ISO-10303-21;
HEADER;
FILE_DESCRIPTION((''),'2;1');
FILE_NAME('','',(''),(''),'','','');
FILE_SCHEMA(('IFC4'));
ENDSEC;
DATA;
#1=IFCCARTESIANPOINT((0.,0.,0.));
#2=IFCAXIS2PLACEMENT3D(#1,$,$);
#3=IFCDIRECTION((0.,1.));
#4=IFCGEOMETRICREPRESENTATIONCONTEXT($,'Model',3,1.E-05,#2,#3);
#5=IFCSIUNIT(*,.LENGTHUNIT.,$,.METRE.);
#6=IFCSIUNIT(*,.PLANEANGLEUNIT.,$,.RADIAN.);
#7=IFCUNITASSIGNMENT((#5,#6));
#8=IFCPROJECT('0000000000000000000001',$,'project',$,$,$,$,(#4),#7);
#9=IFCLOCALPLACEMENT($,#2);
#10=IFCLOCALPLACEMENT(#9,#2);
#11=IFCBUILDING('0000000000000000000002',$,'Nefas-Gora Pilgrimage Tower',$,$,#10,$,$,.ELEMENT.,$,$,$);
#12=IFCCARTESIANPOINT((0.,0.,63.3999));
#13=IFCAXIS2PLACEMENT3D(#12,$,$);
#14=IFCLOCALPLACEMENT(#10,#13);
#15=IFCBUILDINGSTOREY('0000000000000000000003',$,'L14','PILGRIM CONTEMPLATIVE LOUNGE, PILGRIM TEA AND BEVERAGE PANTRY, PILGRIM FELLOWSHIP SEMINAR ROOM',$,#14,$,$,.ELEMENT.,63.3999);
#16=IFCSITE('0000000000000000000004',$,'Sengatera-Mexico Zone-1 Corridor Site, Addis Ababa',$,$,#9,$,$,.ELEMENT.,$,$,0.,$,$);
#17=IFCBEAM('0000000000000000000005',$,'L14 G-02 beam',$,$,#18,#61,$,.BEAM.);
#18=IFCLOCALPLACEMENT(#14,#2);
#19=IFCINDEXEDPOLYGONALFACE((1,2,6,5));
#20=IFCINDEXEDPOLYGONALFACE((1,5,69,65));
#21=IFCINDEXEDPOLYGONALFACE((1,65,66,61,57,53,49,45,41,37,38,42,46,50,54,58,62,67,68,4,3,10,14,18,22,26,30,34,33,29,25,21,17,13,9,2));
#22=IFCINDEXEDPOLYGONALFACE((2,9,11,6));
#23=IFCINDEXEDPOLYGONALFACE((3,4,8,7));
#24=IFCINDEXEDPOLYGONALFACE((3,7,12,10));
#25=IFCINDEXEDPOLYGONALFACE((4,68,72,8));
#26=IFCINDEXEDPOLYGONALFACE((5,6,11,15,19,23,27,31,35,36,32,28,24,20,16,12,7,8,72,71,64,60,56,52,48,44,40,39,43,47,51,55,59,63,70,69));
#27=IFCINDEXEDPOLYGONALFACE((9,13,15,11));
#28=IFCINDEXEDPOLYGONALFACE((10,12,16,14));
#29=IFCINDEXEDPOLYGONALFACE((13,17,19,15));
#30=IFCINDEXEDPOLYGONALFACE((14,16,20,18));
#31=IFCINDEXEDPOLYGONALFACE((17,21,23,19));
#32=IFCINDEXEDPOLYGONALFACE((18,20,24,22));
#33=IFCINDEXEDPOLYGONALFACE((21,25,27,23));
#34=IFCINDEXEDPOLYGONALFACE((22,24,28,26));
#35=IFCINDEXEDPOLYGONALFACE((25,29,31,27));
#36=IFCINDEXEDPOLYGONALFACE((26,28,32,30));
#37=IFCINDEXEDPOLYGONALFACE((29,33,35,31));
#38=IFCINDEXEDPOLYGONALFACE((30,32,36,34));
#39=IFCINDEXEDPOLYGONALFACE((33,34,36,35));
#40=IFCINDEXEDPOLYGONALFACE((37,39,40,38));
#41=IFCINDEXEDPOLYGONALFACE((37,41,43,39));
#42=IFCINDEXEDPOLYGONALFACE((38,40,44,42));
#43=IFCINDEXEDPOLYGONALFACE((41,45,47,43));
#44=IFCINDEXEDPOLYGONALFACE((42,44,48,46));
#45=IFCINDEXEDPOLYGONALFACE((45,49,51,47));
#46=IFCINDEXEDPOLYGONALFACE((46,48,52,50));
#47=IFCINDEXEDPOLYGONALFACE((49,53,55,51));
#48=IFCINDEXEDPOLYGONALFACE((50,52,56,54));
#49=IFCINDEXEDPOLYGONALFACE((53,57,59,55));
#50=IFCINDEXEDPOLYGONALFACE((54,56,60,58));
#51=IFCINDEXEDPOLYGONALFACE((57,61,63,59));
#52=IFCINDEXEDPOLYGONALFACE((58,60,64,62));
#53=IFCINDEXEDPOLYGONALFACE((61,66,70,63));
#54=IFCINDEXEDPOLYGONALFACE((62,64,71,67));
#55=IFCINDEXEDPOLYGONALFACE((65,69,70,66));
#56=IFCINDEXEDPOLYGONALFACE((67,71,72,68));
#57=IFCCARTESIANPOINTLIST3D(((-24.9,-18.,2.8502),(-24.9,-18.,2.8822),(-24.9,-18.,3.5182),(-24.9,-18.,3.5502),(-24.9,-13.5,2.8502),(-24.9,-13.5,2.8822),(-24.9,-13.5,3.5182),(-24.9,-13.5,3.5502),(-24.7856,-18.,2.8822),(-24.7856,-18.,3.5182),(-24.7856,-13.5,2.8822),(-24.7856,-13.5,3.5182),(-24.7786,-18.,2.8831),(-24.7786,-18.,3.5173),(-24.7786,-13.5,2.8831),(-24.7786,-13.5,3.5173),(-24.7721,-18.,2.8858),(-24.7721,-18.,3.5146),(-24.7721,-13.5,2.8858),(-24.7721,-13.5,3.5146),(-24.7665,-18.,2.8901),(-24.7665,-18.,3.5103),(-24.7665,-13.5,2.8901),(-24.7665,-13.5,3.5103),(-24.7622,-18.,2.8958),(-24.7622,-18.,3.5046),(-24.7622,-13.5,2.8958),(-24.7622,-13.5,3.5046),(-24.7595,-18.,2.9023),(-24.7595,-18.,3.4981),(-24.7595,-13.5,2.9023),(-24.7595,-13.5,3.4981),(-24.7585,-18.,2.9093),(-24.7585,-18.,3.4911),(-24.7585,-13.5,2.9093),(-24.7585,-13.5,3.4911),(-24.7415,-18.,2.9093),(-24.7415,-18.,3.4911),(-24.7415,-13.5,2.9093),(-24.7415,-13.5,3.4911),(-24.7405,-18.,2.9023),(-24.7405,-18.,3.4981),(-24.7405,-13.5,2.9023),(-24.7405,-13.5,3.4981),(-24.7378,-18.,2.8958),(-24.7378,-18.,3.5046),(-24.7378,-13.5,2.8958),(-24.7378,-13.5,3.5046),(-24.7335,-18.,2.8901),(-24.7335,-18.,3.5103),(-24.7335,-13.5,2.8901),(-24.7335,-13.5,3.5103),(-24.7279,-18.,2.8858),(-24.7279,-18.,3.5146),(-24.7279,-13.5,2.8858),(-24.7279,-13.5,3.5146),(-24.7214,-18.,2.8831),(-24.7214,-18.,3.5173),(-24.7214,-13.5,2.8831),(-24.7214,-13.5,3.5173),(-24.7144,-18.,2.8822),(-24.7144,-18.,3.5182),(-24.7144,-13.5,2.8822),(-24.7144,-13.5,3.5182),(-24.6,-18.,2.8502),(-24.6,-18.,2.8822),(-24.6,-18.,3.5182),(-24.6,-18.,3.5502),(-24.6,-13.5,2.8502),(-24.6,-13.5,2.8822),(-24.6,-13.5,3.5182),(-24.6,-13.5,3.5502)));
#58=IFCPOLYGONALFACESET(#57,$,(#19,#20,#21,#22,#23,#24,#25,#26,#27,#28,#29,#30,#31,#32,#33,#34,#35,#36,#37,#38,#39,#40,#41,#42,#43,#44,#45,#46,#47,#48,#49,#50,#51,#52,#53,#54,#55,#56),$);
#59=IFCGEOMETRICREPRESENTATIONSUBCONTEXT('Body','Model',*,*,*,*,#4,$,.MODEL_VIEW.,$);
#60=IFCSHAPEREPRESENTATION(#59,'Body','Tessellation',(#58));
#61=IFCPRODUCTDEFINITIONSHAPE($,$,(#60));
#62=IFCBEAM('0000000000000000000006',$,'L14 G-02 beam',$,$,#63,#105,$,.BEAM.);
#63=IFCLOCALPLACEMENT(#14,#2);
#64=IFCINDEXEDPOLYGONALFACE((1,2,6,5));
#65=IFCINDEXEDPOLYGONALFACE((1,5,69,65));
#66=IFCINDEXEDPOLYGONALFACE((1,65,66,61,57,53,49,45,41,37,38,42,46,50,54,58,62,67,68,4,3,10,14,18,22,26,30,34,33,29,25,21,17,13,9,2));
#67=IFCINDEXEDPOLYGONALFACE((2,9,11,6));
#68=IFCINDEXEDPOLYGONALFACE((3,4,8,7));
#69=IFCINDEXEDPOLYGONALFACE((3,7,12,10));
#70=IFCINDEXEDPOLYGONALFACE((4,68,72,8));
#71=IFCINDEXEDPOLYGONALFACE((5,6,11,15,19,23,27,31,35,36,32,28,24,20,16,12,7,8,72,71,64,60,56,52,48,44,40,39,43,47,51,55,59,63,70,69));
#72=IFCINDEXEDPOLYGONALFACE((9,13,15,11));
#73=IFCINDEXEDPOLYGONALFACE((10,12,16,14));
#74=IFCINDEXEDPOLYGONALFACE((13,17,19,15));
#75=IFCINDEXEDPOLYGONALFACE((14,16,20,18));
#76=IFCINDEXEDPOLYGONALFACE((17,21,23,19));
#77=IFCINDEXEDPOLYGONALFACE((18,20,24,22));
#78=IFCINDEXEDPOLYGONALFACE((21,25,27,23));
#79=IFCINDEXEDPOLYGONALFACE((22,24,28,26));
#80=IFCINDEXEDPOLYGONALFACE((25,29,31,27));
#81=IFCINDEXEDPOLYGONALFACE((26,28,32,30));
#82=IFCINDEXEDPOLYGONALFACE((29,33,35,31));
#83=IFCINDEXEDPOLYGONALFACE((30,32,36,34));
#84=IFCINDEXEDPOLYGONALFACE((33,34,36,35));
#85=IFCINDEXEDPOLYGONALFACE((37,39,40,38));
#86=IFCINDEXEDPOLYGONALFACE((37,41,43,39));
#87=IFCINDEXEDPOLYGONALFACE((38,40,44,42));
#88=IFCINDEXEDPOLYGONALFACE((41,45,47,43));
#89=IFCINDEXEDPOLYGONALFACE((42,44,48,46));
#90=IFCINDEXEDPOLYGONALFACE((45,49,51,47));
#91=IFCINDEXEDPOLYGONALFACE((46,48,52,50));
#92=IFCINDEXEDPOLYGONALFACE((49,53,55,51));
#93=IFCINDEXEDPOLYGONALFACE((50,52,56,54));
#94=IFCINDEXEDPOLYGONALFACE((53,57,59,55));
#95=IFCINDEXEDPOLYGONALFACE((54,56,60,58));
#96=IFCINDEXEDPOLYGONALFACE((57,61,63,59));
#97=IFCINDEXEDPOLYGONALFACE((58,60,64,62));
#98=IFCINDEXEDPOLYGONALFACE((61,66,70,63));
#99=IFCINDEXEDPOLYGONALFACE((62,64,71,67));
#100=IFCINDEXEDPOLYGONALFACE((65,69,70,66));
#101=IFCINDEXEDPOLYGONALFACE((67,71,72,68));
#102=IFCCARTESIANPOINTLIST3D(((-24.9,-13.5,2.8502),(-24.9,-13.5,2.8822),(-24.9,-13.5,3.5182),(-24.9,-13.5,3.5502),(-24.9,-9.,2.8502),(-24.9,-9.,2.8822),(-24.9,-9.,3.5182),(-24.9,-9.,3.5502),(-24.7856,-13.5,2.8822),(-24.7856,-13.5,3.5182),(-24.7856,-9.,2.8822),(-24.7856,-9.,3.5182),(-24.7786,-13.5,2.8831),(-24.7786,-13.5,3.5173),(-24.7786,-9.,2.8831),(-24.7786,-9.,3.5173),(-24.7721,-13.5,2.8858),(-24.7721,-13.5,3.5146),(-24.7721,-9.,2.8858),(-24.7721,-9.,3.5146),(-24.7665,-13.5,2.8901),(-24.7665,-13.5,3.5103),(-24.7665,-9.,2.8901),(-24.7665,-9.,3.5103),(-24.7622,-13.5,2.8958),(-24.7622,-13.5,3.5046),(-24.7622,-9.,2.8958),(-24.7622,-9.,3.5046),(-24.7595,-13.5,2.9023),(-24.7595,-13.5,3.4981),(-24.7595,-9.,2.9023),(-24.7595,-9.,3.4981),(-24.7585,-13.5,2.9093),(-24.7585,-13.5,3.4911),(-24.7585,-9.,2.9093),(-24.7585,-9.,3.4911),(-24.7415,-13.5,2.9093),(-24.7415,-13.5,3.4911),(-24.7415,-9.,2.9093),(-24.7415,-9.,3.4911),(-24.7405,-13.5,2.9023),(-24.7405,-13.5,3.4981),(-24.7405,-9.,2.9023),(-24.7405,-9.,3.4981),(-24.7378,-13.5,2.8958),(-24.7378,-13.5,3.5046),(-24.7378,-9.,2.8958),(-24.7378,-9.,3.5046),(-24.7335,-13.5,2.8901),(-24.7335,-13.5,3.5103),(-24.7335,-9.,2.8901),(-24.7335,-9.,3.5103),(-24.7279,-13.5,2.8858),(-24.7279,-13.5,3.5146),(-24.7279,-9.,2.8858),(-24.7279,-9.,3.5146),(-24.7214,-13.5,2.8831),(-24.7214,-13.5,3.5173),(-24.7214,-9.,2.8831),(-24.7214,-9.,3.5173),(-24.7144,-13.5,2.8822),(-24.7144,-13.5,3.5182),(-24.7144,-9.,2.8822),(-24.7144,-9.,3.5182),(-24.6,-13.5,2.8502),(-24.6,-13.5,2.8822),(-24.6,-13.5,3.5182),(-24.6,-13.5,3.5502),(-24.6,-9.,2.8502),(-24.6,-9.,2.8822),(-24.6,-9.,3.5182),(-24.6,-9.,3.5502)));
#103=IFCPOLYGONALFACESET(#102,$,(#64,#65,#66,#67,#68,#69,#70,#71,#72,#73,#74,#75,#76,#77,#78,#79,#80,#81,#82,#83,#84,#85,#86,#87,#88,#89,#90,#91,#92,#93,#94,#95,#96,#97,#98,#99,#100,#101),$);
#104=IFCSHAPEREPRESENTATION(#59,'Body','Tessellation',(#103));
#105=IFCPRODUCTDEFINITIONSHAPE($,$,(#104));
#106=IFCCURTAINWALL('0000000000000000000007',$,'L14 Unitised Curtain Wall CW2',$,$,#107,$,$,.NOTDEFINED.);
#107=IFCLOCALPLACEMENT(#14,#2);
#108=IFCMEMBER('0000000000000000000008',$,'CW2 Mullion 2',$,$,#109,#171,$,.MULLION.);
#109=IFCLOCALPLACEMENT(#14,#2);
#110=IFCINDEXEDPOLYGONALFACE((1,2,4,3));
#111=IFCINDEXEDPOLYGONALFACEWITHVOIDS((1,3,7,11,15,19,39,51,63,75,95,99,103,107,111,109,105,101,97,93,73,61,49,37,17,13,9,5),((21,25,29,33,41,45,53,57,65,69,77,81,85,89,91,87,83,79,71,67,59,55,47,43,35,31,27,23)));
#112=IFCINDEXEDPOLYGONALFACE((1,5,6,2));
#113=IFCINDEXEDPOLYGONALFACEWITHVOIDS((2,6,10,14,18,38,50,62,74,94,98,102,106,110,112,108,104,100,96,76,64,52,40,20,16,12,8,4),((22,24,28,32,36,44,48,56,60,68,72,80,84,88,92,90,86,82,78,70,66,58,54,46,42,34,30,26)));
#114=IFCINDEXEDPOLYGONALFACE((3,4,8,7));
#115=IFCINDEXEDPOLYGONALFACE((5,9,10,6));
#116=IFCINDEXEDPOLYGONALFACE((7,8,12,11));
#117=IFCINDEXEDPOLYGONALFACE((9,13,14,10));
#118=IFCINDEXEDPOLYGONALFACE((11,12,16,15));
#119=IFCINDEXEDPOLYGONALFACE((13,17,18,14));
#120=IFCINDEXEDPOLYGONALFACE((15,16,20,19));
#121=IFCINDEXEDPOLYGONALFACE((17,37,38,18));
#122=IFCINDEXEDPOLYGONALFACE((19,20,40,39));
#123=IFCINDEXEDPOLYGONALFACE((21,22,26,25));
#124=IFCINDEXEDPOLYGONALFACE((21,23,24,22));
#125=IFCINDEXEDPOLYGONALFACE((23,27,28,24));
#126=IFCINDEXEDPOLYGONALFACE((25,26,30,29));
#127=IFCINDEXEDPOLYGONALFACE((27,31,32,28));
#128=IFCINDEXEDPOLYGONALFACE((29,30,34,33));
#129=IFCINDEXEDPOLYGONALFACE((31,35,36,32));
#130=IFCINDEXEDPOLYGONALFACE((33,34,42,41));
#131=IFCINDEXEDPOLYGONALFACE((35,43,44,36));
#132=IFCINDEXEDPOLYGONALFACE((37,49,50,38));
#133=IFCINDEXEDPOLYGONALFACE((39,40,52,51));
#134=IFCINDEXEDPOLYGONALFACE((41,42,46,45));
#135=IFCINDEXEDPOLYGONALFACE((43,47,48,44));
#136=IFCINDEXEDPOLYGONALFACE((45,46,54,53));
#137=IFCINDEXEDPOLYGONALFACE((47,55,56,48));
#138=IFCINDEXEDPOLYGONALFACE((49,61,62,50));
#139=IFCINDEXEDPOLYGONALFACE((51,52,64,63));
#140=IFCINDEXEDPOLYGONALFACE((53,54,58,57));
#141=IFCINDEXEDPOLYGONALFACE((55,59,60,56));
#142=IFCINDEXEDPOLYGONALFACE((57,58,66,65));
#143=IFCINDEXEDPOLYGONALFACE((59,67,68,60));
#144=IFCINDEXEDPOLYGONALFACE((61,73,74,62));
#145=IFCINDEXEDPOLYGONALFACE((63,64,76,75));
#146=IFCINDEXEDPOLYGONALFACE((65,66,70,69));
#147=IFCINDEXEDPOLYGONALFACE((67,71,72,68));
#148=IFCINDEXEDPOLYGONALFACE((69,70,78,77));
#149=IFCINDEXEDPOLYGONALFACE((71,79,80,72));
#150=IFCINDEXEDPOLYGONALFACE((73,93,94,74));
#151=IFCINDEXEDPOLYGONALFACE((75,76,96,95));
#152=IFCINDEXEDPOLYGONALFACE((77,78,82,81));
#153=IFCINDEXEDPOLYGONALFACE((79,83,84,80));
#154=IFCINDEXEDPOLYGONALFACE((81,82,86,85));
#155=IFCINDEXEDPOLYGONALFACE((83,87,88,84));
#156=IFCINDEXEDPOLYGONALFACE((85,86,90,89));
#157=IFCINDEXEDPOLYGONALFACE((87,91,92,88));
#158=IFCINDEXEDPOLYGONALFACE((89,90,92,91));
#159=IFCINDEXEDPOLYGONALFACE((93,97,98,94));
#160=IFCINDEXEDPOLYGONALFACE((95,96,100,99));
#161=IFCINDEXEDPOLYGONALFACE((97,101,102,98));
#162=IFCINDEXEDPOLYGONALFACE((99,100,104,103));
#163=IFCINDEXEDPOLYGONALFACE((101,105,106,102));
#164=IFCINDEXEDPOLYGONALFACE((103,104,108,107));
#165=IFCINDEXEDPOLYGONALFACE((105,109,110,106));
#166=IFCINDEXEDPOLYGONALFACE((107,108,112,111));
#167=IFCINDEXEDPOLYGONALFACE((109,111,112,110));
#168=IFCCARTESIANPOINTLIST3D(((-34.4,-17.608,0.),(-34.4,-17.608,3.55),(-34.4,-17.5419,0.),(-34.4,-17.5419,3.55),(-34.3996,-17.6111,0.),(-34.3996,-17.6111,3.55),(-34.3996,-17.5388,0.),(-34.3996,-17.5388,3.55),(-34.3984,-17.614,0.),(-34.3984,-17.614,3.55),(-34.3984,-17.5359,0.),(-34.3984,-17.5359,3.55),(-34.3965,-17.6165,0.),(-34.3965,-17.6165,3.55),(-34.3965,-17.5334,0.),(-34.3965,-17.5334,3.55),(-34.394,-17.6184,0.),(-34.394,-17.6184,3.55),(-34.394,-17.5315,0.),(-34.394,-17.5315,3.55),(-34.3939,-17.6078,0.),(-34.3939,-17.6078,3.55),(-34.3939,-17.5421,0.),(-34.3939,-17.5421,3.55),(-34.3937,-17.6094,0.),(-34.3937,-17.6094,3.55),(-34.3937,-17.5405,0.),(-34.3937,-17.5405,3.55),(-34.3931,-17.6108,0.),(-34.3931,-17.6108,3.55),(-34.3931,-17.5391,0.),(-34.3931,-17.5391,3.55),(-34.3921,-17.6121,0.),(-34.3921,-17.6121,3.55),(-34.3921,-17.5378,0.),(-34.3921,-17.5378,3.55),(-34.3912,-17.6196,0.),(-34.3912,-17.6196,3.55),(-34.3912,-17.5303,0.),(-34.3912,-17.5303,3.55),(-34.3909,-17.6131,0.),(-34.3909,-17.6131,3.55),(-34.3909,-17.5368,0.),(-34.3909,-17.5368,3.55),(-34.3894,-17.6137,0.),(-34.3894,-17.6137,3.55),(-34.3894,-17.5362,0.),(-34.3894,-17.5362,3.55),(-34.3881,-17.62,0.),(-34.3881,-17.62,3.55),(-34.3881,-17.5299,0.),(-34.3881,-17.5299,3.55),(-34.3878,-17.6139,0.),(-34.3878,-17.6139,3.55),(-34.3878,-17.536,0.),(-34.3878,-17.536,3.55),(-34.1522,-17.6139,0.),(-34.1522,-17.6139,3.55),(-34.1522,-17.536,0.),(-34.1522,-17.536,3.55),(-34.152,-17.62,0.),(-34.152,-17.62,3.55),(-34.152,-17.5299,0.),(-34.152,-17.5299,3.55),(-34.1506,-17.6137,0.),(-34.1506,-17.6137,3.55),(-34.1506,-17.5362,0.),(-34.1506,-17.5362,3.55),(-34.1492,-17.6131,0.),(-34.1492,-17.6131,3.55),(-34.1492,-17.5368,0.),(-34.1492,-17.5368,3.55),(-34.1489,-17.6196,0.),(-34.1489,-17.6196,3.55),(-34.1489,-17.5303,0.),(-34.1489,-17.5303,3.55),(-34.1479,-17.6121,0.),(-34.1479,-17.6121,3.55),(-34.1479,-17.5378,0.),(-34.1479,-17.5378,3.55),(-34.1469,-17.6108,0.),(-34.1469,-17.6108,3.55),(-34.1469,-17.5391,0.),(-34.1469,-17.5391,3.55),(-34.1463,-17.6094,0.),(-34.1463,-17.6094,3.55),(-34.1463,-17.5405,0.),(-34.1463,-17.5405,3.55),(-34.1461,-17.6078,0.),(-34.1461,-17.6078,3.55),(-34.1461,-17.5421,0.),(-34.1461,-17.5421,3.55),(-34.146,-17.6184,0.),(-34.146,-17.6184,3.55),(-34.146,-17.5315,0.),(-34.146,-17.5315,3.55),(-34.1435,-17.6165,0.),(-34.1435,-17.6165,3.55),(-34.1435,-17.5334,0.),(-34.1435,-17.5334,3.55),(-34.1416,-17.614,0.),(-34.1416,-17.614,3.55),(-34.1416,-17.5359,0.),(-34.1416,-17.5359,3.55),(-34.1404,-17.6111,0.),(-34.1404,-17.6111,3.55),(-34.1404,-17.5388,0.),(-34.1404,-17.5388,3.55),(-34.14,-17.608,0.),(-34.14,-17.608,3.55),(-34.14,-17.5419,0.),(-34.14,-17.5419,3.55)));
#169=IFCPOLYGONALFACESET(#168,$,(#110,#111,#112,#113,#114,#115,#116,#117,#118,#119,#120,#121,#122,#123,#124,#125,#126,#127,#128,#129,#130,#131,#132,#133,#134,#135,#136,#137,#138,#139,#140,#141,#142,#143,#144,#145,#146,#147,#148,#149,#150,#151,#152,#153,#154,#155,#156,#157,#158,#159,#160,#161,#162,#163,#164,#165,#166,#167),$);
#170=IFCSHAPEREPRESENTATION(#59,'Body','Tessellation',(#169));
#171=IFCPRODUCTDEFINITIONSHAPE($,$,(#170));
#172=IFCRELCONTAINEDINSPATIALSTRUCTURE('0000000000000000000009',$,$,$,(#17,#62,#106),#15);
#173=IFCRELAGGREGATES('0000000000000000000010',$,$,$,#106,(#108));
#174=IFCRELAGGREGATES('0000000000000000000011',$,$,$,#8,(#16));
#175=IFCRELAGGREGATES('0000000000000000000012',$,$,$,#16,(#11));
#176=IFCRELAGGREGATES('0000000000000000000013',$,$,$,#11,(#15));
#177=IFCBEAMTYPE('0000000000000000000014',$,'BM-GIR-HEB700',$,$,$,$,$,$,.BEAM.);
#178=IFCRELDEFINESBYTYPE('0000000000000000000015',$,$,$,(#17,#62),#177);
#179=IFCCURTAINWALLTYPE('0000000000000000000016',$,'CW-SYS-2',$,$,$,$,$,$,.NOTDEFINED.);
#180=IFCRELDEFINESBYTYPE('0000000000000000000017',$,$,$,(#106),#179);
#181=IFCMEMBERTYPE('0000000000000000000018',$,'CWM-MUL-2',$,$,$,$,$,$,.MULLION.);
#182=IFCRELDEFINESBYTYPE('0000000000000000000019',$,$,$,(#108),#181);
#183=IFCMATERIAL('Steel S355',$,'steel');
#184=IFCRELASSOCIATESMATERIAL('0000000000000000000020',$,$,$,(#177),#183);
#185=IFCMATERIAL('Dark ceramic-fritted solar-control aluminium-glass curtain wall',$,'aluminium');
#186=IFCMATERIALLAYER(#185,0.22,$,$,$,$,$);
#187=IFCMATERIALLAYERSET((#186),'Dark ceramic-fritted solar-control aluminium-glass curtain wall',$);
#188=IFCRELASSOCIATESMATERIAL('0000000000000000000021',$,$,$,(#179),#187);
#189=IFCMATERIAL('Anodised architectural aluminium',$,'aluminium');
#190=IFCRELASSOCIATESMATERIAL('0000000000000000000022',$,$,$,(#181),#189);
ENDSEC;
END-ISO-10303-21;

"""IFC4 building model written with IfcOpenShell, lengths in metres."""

from ifc_helpers import new_model, si_unit, direction, frame, origin, origin_2d, place, context, subcontext, project, spatial, hollow_rectangle, i_section, extrude, source, transform, mapped, material, layer, layer_set, material_profile, profile_set, type_object, element, aggregate, save


model = new_model("IFC4")

# Units and contexts
model_context = context("Model", 3, precision=1e-05, world=origin(), true_north=direction((0.0, 1.0)))
body_context = subcontext(model_context, "Body", "Model", "MODEL_VIEW")
ifc_project = project(units=[si_unit("LENGTHUNIT", "METRE"), si_unit("PLANEANGLEUNIT", "RADIAN")], contexts=[model_context])

# Site, building, storey
site_placement = place(None, origin())
site = spatial("IfcSite", under=ifc_project, at=site_placement, Name="Sengatera-Mexico Zone-1 Corridor Site, Addis Ababa", CompositionType="ELEMENT", RefElevation=0.0)
building_placement = place(site_placement, origin())
building = spatial("IfcBuilding", under=site, at=building_placement, Name="Nefas-Gora Pilgrimage Tower", CompositionType="ELEMENT")
storey_placement = place(building_placement, frame((0.0, 0.0, 63.3999)))
storey = spatial("IfcBuildingStorey", under=building, at=storey_placement, Name="L14", Description="PILGRIM CONTEMPLATIVE LOUNGE, PILGRIM TEA AND BEVERAGE PANTRY, PILGRIM FELLOWSHIP SEMINAR ROOM", CompositionType="ELEMENT", Elevation=63.3999)

# Beams
ifc_material_1 = material(Name="Steel S355", Category="steel")
ifc_material_profile_1 = material_profile(ifc_material_1, i_section(OverallWidth=0.3, OverallDepth=0.7, WebThickness=0.0171, FlangeThickness=0.032, FilletRadius=0.0271, at=origin_2d()), Name="HEB 700")
ifc_profile_set_1 = profile_set([ifc_material_profile_1], Name="Steel S355")
beam_type_1 = type_object("IfcBeamType", Name="BM-GIR-HEB700", PredefinedType="BEAM", material=ifc_profile_set_1)
shared_shape_1 = source(origin(), body_context, "Body", "SweptSolid", [
    extrude(i_section(OverallWidth=0.3, OverallDepth=0.7, WebThickness=0.0171, FlangeThickness=0.032, FilletRadius=0.0271, at=origin_2d()), origin(), (0.0, 0.0, 1.0), 4.5),
])
for number, where, z_axis, x_axis, name in (
    (1, (-24.75, -18.0, 3.2002), (0.0, 1.0, 0.0), (-1.0, 0.0, 0.0), "L14 G-02 beam"),
    (2, (-24.75, -13.5, 3.2002), (0.0, 1.0, 0.0), (-1.0, 0.0, 0.0), "L14 G-02 beam"),
):
    element("IfcBeam", number, at=place(storey_placement, frame(where, z_axis=z_axis, x_axis=x_axis)), inside=storey, type_object=beam_type_1, Name=name, PredefinedType="BEAM", context=body_context, shape_type="MappedRepresentation", body=[
        mapped(shared_shape_1, transform((0.0, 0.0, 0.0), x_axis=(1.0, 0.0, 0.0), y_axis=(0.0, 1.0, 0.0), z_axis=(0.0, 0.0, 1.0), scale=1.0)),
    ])

# Curtain wall, member
ifc_material_2 = material(Name="Dark ceramic-fritted solar-control aluminium-glass curtain wall", Category="aluminium")
ifc_layer_1 = layer(ifc_material_2, 0.22)
ifc_layer_set_1 = layer_set([ifc_layer_1], Name="Dark ceramic-fritted solar-control aluminium-glass curtain wall")
curtain_wall_type = type_object("IfcCurtainWallType", Name="CW-SYS-2", PredefinedType="NOTDEFINED", material=ifc_layer_set_1)
curtain_wall_1_placement = place(storey_placement, origin())
curtain_wall_1 = element("IfcCurtainWall", 3, at=curtain_wall_1_placement, inside=storey, type_object=curtain_wall_type, Name="L14 Unitised Curtain Wall CW2", PredefinedType="NOTDEFINED")
ifc_material_3 = material(Name="Anodised architectural aluminium", Category="aluminium")
ifc_material_profile_2 = material_profile(ifc_material_3, hollow_rectangle(XDim=0.0901, YDim=0.26, WallThickness=0.0061, InnerFilletRadius=0.0061, OuterFilletRadius=0.012, at=origin_2d()), Name="ALU MULLION 90x260")
ifc_profile_set_2 = profile_set([ifc_material_profile_2], Name="Anodised architectural aluminium")
member_type_1 = type_object("IfcMemberType", Name="CWM-MUL-2", PredefinedType="MULLION", material=ifc_profile_set_2)
shared_shape_2 = source(origin(), body_context, "Body", "SweptSolid", [
    extrude(hollow_rectangle(XDim=0.0901, YDim=0.26, WallThickness=0.0061, InnerFilletRadius=0.0061, OuterFilletRadius=0.012, at=origin_2d()), origin(), (0.0, 0.0, 1.0), 3.55),
])
member_1_placement = place(storey_placement, frame((-34.27, -17.575, 0.0), z_axis=(0.0, 0.0, 1.0), x_axis=(0.0, -1.0, 0.0)))
member_1 = element("IfcMember", 4, at=member_1_placement, type_object=member_type_1, Name="CW2 Mullion 2", PredefinedType="MULLION", context=body_context, shape_type="MappedRepresentation", body=[
    mapped(shared_shape_2, transform((0.0, 0.0, 0.0), x_axis=(1.0, 0.0, 0.0), y_axis=(0.0, 1.0, 0.0), z_axis=(0.0, 0.0, 1.0), scale=1.0)),
])

aggregate(curtain_wall_1, [member_1])

save(model, "model.ifc")
